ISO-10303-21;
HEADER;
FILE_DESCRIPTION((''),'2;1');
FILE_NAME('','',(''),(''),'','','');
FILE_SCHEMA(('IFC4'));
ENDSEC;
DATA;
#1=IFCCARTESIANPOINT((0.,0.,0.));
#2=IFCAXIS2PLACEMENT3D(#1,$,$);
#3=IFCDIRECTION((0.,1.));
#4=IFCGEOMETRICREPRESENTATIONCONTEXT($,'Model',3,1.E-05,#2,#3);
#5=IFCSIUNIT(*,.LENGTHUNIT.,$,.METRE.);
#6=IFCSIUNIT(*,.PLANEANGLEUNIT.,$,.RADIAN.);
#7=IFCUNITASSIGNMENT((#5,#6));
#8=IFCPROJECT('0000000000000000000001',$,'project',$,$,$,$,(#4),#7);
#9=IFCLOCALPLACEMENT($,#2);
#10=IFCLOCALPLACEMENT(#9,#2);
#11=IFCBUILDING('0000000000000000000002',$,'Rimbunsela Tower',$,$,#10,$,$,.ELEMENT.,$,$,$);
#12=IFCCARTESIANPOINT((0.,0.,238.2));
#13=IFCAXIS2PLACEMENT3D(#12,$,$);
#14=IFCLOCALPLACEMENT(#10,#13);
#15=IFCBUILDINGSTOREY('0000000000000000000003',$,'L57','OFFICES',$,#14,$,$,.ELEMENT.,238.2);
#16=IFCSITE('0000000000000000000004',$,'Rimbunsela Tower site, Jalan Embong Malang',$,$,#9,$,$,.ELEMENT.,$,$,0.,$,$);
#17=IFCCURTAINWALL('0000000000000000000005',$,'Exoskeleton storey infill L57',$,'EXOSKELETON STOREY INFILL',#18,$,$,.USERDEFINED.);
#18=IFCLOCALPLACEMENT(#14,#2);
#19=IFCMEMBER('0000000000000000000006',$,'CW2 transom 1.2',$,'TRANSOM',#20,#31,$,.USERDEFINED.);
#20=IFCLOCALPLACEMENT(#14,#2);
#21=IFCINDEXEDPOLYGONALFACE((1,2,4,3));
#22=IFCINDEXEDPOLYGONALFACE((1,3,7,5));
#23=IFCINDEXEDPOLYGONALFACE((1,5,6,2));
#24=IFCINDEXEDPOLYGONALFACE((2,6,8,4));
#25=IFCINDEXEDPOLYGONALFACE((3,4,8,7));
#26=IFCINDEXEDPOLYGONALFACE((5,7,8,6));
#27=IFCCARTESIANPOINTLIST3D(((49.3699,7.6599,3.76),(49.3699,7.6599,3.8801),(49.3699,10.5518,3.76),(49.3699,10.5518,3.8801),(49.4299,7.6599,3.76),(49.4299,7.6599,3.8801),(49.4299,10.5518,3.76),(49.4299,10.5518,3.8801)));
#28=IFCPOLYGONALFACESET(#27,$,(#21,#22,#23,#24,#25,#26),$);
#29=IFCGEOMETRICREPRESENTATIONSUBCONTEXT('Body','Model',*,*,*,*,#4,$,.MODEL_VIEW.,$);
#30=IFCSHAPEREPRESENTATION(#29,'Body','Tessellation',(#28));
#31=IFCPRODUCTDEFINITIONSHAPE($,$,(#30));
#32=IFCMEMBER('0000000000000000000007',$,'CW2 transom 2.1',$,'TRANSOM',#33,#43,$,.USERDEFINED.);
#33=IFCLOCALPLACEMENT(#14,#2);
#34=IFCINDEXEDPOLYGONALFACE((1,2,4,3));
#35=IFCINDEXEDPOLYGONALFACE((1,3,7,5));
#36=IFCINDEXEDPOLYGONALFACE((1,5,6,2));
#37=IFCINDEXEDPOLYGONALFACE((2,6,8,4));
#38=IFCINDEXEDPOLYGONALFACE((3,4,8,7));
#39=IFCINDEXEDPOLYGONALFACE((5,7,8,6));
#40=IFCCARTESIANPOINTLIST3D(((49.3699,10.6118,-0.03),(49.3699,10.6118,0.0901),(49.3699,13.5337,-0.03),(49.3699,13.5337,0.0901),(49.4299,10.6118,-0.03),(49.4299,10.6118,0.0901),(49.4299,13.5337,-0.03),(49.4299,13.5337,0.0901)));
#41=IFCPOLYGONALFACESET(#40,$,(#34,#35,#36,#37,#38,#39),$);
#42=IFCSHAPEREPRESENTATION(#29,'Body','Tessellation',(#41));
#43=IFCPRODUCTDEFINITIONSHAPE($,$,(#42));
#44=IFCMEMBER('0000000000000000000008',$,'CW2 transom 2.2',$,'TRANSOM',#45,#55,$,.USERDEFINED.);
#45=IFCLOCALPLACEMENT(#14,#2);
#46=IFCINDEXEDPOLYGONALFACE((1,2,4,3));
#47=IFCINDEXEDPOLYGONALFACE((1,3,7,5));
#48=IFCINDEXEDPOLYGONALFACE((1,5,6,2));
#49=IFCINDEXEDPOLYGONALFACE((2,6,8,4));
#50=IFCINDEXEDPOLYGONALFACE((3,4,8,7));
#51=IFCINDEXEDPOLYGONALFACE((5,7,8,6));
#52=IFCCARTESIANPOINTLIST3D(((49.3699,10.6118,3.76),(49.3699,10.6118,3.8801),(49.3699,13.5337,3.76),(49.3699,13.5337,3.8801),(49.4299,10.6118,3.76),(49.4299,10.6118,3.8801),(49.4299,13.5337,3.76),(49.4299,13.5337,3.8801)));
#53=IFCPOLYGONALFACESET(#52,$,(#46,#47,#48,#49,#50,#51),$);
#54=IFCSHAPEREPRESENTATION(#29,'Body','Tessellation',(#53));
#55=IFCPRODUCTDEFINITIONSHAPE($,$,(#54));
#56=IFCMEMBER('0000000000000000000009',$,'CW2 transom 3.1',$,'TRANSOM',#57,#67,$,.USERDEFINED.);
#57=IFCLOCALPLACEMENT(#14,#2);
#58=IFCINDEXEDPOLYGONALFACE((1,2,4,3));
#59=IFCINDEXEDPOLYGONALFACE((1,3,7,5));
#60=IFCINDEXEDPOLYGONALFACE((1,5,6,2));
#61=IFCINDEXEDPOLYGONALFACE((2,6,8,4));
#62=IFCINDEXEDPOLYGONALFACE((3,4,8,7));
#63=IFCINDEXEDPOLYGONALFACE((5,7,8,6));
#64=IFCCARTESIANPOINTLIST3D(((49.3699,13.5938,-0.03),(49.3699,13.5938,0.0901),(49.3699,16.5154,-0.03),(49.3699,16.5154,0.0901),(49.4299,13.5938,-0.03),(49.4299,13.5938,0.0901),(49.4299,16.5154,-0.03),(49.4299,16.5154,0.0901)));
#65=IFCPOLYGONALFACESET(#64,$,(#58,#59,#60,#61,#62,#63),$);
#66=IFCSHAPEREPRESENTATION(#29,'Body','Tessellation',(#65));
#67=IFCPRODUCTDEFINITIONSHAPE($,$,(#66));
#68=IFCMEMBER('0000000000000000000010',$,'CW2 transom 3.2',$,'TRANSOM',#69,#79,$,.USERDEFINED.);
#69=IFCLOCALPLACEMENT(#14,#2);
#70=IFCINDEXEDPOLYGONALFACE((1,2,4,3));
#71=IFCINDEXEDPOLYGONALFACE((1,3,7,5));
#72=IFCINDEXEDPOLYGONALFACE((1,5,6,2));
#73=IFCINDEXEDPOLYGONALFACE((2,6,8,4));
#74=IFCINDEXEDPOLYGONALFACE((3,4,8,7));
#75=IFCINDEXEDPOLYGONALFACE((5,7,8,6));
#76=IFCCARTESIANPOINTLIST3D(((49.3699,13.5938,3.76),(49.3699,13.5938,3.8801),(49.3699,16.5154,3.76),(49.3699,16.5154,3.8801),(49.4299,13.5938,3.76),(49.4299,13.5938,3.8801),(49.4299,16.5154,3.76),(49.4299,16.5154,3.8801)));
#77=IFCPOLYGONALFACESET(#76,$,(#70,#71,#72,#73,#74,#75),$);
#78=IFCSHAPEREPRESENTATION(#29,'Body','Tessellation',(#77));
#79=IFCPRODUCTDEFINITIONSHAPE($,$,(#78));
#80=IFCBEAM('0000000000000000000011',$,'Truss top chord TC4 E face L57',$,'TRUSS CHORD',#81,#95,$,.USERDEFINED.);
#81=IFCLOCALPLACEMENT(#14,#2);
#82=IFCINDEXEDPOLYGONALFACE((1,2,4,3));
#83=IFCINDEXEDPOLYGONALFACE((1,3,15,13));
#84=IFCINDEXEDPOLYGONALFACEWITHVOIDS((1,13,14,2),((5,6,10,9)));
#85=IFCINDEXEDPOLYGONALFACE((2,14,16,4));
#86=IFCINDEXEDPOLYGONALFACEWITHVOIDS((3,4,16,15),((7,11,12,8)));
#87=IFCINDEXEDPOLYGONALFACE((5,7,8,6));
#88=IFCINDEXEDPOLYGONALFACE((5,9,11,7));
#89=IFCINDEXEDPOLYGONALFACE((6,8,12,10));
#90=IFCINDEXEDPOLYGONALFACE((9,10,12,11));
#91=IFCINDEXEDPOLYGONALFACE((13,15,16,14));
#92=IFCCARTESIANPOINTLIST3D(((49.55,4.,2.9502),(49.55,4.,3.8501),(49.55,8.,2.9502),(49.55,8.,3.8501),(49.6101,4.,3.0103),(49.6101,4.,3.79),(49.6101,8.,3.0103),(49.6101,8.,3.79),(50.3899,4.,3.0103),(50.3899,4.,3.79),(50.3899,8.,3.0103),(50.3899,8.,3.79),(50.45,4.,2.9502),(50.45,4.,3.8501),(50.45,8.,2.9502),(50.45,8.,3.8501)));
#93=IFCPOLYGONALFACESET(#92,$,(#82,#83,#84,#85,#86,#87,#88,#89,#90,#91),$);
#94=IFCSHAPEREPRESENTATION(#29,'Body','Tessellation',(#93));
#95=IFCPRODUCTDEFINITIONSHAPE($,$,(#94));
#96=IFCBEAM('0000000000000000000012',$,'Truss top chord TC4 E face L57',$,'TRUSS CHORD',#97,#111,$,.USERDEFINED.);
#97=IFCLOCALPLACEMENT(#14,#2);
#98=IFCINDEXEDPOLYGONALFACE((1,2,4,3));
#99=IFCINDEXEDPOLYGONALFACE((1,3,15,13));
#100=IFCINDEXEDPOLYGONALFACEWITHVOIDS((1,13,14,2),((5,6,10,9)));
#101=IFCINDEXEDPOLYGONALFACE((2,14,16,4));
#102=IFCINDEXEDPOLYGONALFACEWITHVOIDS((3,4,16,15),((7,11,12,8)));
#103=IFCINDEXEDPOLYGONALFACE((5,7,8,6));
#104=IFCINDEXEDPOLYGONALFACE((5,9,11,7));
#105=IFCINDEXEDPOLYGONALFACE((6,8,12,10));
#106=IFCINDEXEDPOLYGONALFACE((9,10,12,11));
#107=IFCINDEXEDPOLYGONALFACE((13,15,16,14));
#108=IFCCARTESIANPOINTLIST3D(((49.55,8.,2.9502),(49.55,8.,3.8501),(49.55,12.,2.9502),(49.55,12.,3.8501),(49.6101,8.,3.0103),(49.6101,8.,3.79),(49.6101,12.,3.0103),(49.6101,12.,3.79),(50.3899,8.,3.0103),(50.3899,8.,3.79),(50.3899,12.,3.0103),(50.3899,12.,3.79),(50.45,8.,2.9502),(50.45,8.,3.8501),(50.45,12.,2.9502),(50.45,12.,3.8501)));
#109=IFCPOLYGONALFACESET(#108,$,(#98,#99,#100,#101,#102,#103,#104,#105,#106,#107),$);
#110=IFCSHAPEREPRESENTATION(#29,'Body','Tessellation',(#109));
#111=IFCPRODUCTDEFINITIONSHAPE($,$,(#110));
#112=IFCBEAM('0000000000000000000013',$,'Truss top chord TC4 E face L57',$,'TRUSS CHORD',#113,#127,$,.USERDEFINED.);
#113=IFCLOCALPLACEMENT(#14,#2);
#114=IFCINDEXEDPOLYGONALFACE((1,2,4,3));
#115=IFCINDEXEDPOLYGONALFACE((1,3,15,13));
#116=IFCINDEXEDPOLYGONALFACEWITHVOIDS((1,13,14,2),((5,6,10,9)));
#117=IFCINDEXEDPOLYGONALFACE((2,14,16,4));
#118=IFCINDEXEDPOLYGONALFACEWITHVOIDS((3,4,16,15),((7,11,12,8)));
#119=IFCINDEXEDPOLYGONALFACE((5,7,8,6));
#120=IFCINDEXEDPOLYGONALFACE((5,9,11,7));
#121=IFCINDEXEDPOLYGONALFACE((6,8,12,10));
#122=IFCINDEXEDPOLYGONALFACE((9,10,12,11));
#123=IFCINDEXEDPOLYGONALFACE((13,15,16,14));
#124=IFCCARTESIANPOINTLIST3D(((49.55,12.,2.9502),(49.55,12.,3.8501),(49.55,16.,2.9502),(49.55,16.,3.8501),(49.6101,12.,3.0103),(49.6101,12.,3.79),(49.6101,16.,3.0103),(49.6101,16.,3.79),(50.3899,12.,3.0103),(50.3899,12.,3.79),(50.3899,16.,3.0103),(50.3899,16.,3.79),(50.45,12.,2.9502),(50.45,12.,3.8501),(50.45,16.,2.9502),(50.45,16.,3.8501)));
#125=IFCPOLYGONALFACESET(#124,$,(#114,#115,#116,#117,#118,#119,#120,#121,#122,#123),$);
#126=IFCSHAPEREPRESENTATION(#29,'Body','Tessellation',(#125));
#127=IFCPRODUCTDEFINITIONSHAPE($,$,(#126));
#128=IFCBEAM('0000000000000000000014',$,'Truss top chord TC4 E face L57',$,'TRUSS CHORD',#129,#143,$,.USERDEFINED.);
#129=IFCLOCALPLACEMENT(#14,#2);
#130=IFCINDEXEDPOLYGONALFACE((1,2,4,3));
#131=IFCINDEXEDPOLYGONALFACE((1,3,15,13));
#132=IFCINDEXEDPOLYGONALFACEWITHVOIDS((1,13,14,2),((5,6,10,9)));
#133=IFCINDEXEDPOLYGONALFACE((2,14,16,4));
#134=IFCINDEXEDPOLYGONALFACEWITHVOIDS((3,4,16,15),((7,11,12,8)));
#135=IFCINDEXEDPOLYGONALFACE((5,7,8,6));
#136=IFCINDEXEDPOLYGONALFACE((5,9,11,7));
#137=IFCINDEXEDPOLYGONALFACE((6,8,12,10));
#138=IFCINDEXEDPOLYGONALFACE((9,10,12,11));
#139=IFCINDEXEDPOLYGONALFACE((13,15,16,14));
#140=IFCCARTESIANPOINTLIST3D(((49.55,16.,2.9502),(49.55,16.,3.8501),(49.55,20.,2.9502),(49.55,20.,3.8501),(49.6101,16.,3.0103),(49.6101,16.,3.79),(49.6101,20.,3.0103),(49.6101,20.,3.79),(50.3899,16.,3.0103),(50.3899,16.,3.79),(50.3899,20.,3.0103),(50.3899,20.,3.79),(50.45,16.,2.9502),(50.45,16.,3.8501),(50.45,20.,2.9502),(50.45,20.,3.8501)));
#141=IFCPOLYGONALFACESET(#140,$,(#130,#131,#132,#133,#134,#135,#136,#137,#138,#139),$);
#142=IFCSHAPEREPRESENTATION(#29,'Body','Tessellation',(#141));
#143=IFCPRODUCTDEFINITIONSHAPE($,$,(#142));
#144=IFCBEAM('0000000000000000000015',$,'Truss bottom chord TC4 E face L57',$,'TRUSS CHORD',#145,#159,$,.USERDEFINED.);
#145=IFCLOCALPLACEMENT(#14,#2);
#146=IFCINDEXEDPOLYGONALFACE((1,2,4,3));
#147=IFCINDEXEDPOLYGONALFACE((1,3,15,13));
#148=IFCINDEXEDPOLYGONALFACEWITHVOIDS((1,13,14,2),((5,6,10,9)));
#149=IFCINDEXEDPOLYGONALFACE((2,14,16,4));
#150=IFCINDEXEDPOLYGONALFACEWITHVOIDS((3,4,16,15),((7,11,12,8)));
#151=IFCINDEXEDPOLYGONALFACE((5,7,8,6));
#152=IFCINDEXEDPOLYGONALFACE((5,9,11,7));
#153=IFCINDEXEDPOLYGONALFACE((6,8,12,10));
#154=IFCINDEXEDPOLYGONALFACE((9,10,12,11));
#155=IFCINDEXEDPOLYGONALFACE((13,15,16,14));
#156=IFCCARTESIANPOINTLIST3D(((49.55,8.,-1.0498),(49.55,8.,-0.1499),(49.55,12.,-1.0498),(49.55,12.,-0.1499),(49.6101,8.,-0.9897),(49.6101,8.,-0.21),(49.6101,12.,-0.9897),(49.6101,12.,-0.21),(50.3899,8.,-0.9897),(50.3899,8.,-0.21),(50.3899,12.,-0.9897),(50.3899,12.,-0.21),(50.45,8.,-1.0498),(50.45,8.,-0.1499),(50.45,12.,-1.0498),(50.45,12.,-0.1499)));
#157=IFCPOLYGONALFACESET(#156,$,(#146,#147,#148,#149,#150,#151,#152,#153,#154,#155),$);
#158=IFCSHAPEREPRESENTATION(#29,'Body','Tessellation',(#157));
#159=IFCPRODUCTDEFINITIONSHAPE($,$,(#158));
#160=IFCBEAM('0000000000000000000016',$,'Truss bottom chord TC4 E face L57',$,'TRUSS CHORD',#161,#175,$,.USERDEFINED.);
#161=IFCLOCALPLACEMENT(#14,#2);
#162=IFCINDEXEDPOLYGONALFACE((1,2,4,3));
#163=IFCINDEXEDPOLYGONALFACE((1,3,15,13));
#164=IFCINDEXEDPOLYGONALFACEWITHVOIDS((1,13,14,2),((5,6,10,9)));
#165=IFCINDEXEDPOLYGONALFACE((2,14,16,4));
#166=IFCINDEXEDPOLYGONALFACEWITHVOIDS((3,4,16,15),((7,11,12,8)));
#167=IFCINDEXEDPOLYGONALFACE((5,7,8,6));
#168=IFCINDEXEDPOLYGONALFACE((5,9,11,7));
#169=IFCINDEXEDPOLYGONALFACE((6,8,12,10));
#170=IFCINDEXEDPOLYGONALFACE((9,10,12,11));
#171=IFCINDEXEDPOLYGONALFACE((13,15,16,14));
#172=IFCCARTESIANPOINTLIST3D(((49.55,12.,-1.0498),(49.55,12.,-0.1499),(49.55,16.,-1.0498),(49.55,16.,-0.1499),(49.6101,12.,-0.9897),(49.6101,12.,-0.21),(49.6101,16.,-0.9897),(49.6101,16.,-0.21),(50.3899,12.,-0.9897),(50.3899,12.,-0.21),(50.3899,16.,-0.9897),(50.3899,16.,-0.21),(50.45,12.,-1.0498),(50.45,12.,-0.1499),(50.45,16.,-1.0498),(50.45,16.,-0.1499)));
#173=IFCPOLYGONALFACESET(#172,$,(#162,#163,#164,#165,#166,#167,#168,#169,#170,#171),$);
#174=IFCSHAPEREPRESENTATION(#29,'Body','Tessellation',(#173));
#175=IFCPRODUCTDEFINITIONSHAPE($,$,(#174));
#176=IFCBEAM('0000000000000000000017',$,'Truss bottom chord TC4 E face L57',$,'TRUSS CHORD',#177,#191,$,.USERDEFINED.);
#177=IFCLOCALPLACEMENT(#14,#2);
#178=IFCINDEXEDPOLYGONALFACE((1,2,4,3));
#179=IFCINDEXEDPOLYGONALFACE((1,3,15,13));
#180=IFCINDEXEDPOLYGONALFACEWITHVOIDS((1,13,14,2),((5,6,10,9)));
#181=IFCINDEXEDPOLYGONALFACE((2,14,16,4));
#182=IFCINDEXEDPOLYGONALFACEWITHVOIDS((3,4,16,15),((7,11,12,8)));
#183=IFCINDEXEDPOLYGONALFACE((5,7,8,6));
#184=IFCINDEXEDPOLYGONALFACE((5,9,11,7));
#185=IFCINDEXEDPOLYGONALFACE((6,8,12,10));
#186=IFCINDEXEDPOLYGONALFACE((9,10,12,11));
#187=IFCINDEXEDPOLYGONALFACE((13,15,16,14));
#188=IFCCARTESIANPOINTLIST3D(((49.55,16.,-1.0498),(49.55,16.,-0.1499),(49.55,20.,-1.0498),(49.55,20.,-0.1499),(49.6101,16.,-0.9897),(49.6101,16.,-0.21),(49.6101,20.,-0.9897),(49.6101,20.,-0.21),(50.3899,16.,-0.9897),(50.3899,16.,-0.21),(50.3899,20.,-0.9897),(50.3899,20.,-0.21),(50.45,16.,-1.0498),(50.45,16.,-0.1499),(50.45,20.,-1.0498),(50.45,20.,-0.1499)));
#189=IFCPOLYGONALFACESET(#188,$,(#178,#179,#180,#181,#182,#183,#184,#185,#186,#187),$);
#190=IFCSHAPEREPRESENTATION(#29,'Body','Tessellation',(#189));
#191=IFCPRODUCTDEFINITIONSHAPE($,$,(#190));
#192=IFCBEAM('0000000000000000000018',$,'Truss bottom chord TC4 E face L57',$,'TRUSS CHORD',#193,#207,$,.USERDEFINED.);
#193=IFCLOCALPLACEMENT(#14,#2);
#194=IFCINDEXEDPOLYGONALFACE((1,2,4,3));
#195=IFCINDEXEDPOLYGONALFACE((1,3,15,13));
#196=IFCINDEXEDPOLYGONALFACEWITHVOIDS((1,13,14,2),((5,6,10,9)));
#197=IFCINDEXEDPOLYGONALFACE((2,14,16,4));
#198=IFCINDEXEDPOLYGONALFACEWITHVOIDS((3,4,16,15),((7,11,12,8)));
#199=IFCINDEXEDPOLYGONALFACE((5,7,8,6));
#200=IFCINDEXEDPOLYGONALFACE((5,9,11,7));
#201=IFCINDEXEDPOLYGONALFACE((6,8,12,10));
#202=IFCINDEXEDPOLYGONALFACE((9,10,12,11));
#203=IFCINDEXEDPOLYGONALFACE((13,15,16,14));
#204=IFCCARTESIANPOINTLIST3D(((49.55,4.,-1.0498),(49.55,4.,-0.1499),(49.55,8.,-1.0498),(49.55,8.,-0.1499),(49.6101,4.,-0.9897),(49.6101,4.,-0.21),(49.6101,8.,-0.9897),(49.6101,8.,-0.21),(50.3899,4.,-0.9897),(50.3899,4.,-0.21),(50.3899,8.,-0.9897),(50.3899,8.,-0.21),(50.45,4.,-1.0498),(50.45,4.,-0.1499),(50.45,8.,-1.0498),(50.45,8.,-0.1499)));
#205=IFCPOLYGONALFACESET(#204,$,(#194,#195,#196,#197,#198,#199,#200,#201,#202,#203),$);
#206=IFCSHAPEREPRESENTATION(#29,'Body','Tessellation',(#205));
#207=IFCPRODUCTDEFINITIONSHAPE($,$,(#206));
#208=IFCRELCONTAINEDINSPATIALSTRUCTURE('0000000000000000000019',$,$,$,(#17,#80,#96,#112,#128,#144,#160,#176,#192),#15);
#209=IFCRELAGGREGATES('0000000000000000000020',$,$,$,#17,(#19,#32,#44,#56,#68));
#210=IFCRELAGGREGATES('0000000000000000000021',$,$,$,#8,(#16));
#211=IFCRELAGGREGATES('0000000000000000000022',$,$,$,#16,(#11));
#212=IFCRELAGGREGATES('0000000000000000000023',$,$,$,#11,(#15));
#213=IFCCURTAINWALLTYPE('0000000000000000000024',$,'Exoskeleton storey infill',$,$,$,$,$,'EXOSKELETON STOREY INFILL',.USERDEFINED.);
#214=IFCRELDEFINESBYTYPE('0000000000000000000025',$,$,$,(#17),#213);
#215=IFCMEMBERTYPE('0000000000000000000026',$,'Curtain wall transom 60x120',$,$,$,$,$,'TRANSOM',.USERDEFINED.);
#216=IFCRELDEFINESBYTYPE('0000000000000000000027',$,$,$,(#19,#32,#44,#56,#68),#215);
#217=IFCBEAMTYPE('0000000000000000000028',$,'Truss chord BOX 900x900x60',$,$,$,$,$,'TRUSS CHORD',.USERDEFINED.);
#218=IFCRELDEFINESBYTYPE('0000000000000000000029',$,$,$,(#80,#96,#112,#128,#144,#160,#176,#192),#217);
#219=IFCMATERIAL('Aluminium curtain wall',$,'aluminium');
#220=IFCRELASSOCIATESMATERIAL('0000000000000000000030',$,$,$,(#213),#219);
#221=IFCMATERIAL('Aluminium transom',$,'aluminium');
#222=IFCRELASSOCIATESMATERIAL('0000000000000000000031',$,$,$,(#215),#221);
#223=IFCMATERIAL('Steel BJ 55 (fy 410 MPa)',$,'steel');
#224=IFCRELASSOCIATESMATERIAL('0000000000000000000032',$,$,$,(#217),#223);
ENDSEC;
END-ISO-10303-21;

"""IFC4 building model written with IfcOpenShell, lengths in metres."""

from ifc_helpers import new_model, si_unit, direction, frame, origin, origin_2d, place, context, subcontext, project, spatial, rectangle, hollow_rectangle, extrude, material, material_profile, profile_set, type_object, element, aggregate, save


model = new_model("IFC4")

# Units and contexts
model_context = context("Model", 3, precision=1e-05, world=origin(), true_north=direction((0.0, 1.0)))
body_context = subcontext(model_context, "Body", "Model", "MODEL_VIEW")
ifc_project = project(units=[si_unit("LENGTHUNIT", "METRE"), si_unit("PLANEANGLEUNIT", "RADIAN")], contexts=[model_context])

# Site, building, storey
site_placement = place(None, origin())
site = spatial("IfcSite", under=ifc_project, at=site_placement, Name="Rimbunsela Tower site, Jalan Embong Malang", CompositionType="ELEMENT", RefElevation=0.0)
building_placement = place(site_placement, origin())
building = spatial("IfcBuilding", under=site, at=building_placement, Name="Rimbunsela Tower", CompositionType="ELEMENT")
storey_placement = place(building_placement, frame((0.0, 0.0, 238.2)))
storey = spatial("IfcBuildingStorey", under=building, at=storey_placement, Name="L57", Description="OFFICES", CompositionType="ELEMENT", Elevation=238.2)

# Curtain wall
ifc_material_1 = material(Name="Aluminium curtain wall", Category="aluminium")
curtain_wall_type_1 = type_object("IfcCurtainWallType", Name="Exoskeleton storey infill", ElementType="EXOSKELETON STOREY INFILL", PredefinedType="USERDEFINED", material=ifc_material_1)
curtain_wall_1_placement = place(storey_placement, origin())
curtain_wall_1 = element("IfcCurtainWall", 1, at=curtain_wall_1_placement, inside=storey, type_object=curtain_wall_type_1, Name="Exoskeleton storey infill L57", ObjectType="EXOSKELETON STOREY INFILL", PredefinedType="USERDEFINED")

# Members
ifc_material_2 = material(Name="Aluminium transom", Category="aluminium")
ifc_material_profile_1 = material_profile(ifc_material_2, rectangle(XDim=0.0601, YDim=0.1201, at=origin_2d()), Name="Transom 60x120")
ifc_profile_set_1 = profile_set([ifc_material_profile_1], Name="Aluminium transom")
member_type_1 = type_object("IfcMemberType", Name="Curtain wall transom 60x120", ElementType="TRANSOM", PredefinedType="USERDEFINED", material=ifc_profile_set_1)
member_1_placement = place(storey_placement, frame((49.3999, 7.6599, 3.8201), z_axis=(0.0, 1.0, 0.0), x_axis=(-1.0, 0.0, 0.0)))
member_1 = element("IfcMember", 2, at=member_1_placement, type_object=member_type_1, Name="CW2 transom 1.2", ObjectType="TRANSOM", PredefinedType="USERDEFINED", context=body_context, shape_type="SweptSolid", body=[
    extrude(rectangle(XDim=0.0601, YDim=0.1201, at=origin_2d()), origin(), (0.0, 0.0, 1.0), 2.8918),
])
member_2_placement = place(storey_placement, frame((49.3999, 10.6118, 0.03), z_axis=(0.0, 1.0, 0.0), x_axis=(-1.0, 0.0, 0.0)))
member_2 = element("IfcMember", 3, at=member_2_placement, type_object=member_type_1, Name="CW2 transom 2.1", ObjectType="TRANSOM", PredefinedType="USERDEFINED", context=body_context, shape_type="SweptSolid", body=[
    extrude(rectangle(XDim=0.0601, YDim=0.1201, at=origin_2d()), origin(), (0.0, 0.0, 1.0), 2.9219),
])
member_3_placement = place(storey_placement, frame((49.3999, 10.6118, 3.8201), z_axis=(0.0, 1.0, 0.0), x_axis=(-1.0, 0.0, 0.0)))
member_3 = element("IfcMember", 4, at=member_3_placement, type_object=member_type_1, Name="CW2 transom 2.2", ObjectType="TRANSOM", PredefinedType="USERDEFINED", context=body_context, shape_type="SweptSolid", body=[
    extrude(rectangle(XDim=0.0601, YDim=0.1201, at=origin_2d()), origin(), (0.0, 0.0, 1.0), 2.9219),
])
member_4_placement = place(storey_placement, frame((49.3999, 13.5938, 0.03), z_axis=(0.0, 1.0, 0.0), x_axis=(-1.0, 0.0, 0.0)))
member_4 = element("IfcMember", 5, at=member_4_placement, type_object=member_type_1, Name="CW2 transom 3.1", ObjectType="TRANSOM", PredefinedType="USERDEFINED", context=body_context, shape_type="SweptSolid", body=[
    extrude(rectangle(XDim=0.0601, YDim=0.1201, at=origin_2d()), origin(), (0.0, 0.0, 1.0), 2.9216),
])
member_5_placement = place(storey_placement, frame((49.3999, 13.5938, 3.8201), z_axis=(0.0, 1.0, 0.0), x_axis=(-1.0, 0.0, 0.0)))
member_5 = element("IfcMember", 6, at=member_5_placement, type_object=member_type_1, Name="CW2 transom 3.2", ObjectType="TRANSOM", PredefinedType="USERDEFINED", context=body_context, shape_type="SweptSolid", body=[
    extrude(rectangle(XDim=0.0601, YDim=0.1201, at=origin_2d()), origin(), (0.0, 0.0, 1.0), 2.9216),
])

# Beams
ifc_material_3 = material(Name="Steel BJ 55 (fy 410 MPa)", Category="steel")
ifc_material_profile_2 = material_profile(ifc_material_3, hollow_rectangle(XDim=0.8999, YDim=0.8999, WallThickness=0.0601, at=origin_2d()), Name="BOX 900x900x60")
ifc_profile_set_2 = profile_set([ifc_material_profile_2], Name="Steel BJ 55 (fy 410 MPa)")
beam_type = type_object("IfcBeamType", Name="Truss chord BOX 900x900x60", ElementType="TRUSS CHORD", PredefinedType="USERDEFINED", material=ifc_profile_set_2)
for number, where, z_axis, x_axis, name in (
    (7, (50.0, 4.0, 3.4001), (0.0, 1.0, 0.0), (-1.0, 0.0, 0.0), "Truss top chord TC4 E face L57"),
    (8, (50.0, 8.0, 3.4001), (0.0, 1.0, 0.0), (-1.0, 0.0, 0.0), "Truss top chord TC4 E face L57"),
    (9, (50.0, 12.0, 3.4001), (0.0, 1.0, 0.0), (-1.0, 0.0, 0.0), "Truss top chord TC4 E face L57"),
    (10, (50.0, 16.0, 3.4001), (0.0, 1.0, 0.0), (-1.0, 0.0, 0.0), "Truss top chord TC4 E face L57"),
    (11, (50.0, 8.0, -0.5999), (0.0, 1.0, 0.0), (-1.0, 0.0, 0.0), "Truss bottom chord TC4 E face L57"),
    (12, (50.0, 12.0, -0.5999), (0.0, 1.0, 0.0), (-1.0, 0.0, 0.0), "Truss bottom chord TC4 E face L57"),
    (13, (50.0, 16.0, -0.5999), (0.0, 1.0, 0.0), (-1.0, 0.0, 0.0), "Truss bottom chord TC4 E face L57"),
    (14, (50.0, 4.0, -0.5999), (0.0, 1.0, 0.0), (-1.0, 0.0, 0.0), "Truss bottom chord TC4 E face L57"),
):
    element("IfcBeam", number, at=place(storey_placement, frame(where, z_axis=z_axis, x_axis=x_axis)), inside=storey, type_object=beam_type, Name=name, ObjectType="TRUSS CHORD", PredefinedType="USERDEFINED", context=body_context, shape_type="SweptSolid", body=[
        extrude(hollow_rectangle(XDim=0.8999, YDim=0.8999, WallThickness=0.0601, at=origin_2d()), origin(), (0.0, 0.0, 1.0), 4.0),
    ])

aggregate(curtain_wall_1, [member_1, member_2, member_3, member_4, member_5])

save(model, "model.ifc")
